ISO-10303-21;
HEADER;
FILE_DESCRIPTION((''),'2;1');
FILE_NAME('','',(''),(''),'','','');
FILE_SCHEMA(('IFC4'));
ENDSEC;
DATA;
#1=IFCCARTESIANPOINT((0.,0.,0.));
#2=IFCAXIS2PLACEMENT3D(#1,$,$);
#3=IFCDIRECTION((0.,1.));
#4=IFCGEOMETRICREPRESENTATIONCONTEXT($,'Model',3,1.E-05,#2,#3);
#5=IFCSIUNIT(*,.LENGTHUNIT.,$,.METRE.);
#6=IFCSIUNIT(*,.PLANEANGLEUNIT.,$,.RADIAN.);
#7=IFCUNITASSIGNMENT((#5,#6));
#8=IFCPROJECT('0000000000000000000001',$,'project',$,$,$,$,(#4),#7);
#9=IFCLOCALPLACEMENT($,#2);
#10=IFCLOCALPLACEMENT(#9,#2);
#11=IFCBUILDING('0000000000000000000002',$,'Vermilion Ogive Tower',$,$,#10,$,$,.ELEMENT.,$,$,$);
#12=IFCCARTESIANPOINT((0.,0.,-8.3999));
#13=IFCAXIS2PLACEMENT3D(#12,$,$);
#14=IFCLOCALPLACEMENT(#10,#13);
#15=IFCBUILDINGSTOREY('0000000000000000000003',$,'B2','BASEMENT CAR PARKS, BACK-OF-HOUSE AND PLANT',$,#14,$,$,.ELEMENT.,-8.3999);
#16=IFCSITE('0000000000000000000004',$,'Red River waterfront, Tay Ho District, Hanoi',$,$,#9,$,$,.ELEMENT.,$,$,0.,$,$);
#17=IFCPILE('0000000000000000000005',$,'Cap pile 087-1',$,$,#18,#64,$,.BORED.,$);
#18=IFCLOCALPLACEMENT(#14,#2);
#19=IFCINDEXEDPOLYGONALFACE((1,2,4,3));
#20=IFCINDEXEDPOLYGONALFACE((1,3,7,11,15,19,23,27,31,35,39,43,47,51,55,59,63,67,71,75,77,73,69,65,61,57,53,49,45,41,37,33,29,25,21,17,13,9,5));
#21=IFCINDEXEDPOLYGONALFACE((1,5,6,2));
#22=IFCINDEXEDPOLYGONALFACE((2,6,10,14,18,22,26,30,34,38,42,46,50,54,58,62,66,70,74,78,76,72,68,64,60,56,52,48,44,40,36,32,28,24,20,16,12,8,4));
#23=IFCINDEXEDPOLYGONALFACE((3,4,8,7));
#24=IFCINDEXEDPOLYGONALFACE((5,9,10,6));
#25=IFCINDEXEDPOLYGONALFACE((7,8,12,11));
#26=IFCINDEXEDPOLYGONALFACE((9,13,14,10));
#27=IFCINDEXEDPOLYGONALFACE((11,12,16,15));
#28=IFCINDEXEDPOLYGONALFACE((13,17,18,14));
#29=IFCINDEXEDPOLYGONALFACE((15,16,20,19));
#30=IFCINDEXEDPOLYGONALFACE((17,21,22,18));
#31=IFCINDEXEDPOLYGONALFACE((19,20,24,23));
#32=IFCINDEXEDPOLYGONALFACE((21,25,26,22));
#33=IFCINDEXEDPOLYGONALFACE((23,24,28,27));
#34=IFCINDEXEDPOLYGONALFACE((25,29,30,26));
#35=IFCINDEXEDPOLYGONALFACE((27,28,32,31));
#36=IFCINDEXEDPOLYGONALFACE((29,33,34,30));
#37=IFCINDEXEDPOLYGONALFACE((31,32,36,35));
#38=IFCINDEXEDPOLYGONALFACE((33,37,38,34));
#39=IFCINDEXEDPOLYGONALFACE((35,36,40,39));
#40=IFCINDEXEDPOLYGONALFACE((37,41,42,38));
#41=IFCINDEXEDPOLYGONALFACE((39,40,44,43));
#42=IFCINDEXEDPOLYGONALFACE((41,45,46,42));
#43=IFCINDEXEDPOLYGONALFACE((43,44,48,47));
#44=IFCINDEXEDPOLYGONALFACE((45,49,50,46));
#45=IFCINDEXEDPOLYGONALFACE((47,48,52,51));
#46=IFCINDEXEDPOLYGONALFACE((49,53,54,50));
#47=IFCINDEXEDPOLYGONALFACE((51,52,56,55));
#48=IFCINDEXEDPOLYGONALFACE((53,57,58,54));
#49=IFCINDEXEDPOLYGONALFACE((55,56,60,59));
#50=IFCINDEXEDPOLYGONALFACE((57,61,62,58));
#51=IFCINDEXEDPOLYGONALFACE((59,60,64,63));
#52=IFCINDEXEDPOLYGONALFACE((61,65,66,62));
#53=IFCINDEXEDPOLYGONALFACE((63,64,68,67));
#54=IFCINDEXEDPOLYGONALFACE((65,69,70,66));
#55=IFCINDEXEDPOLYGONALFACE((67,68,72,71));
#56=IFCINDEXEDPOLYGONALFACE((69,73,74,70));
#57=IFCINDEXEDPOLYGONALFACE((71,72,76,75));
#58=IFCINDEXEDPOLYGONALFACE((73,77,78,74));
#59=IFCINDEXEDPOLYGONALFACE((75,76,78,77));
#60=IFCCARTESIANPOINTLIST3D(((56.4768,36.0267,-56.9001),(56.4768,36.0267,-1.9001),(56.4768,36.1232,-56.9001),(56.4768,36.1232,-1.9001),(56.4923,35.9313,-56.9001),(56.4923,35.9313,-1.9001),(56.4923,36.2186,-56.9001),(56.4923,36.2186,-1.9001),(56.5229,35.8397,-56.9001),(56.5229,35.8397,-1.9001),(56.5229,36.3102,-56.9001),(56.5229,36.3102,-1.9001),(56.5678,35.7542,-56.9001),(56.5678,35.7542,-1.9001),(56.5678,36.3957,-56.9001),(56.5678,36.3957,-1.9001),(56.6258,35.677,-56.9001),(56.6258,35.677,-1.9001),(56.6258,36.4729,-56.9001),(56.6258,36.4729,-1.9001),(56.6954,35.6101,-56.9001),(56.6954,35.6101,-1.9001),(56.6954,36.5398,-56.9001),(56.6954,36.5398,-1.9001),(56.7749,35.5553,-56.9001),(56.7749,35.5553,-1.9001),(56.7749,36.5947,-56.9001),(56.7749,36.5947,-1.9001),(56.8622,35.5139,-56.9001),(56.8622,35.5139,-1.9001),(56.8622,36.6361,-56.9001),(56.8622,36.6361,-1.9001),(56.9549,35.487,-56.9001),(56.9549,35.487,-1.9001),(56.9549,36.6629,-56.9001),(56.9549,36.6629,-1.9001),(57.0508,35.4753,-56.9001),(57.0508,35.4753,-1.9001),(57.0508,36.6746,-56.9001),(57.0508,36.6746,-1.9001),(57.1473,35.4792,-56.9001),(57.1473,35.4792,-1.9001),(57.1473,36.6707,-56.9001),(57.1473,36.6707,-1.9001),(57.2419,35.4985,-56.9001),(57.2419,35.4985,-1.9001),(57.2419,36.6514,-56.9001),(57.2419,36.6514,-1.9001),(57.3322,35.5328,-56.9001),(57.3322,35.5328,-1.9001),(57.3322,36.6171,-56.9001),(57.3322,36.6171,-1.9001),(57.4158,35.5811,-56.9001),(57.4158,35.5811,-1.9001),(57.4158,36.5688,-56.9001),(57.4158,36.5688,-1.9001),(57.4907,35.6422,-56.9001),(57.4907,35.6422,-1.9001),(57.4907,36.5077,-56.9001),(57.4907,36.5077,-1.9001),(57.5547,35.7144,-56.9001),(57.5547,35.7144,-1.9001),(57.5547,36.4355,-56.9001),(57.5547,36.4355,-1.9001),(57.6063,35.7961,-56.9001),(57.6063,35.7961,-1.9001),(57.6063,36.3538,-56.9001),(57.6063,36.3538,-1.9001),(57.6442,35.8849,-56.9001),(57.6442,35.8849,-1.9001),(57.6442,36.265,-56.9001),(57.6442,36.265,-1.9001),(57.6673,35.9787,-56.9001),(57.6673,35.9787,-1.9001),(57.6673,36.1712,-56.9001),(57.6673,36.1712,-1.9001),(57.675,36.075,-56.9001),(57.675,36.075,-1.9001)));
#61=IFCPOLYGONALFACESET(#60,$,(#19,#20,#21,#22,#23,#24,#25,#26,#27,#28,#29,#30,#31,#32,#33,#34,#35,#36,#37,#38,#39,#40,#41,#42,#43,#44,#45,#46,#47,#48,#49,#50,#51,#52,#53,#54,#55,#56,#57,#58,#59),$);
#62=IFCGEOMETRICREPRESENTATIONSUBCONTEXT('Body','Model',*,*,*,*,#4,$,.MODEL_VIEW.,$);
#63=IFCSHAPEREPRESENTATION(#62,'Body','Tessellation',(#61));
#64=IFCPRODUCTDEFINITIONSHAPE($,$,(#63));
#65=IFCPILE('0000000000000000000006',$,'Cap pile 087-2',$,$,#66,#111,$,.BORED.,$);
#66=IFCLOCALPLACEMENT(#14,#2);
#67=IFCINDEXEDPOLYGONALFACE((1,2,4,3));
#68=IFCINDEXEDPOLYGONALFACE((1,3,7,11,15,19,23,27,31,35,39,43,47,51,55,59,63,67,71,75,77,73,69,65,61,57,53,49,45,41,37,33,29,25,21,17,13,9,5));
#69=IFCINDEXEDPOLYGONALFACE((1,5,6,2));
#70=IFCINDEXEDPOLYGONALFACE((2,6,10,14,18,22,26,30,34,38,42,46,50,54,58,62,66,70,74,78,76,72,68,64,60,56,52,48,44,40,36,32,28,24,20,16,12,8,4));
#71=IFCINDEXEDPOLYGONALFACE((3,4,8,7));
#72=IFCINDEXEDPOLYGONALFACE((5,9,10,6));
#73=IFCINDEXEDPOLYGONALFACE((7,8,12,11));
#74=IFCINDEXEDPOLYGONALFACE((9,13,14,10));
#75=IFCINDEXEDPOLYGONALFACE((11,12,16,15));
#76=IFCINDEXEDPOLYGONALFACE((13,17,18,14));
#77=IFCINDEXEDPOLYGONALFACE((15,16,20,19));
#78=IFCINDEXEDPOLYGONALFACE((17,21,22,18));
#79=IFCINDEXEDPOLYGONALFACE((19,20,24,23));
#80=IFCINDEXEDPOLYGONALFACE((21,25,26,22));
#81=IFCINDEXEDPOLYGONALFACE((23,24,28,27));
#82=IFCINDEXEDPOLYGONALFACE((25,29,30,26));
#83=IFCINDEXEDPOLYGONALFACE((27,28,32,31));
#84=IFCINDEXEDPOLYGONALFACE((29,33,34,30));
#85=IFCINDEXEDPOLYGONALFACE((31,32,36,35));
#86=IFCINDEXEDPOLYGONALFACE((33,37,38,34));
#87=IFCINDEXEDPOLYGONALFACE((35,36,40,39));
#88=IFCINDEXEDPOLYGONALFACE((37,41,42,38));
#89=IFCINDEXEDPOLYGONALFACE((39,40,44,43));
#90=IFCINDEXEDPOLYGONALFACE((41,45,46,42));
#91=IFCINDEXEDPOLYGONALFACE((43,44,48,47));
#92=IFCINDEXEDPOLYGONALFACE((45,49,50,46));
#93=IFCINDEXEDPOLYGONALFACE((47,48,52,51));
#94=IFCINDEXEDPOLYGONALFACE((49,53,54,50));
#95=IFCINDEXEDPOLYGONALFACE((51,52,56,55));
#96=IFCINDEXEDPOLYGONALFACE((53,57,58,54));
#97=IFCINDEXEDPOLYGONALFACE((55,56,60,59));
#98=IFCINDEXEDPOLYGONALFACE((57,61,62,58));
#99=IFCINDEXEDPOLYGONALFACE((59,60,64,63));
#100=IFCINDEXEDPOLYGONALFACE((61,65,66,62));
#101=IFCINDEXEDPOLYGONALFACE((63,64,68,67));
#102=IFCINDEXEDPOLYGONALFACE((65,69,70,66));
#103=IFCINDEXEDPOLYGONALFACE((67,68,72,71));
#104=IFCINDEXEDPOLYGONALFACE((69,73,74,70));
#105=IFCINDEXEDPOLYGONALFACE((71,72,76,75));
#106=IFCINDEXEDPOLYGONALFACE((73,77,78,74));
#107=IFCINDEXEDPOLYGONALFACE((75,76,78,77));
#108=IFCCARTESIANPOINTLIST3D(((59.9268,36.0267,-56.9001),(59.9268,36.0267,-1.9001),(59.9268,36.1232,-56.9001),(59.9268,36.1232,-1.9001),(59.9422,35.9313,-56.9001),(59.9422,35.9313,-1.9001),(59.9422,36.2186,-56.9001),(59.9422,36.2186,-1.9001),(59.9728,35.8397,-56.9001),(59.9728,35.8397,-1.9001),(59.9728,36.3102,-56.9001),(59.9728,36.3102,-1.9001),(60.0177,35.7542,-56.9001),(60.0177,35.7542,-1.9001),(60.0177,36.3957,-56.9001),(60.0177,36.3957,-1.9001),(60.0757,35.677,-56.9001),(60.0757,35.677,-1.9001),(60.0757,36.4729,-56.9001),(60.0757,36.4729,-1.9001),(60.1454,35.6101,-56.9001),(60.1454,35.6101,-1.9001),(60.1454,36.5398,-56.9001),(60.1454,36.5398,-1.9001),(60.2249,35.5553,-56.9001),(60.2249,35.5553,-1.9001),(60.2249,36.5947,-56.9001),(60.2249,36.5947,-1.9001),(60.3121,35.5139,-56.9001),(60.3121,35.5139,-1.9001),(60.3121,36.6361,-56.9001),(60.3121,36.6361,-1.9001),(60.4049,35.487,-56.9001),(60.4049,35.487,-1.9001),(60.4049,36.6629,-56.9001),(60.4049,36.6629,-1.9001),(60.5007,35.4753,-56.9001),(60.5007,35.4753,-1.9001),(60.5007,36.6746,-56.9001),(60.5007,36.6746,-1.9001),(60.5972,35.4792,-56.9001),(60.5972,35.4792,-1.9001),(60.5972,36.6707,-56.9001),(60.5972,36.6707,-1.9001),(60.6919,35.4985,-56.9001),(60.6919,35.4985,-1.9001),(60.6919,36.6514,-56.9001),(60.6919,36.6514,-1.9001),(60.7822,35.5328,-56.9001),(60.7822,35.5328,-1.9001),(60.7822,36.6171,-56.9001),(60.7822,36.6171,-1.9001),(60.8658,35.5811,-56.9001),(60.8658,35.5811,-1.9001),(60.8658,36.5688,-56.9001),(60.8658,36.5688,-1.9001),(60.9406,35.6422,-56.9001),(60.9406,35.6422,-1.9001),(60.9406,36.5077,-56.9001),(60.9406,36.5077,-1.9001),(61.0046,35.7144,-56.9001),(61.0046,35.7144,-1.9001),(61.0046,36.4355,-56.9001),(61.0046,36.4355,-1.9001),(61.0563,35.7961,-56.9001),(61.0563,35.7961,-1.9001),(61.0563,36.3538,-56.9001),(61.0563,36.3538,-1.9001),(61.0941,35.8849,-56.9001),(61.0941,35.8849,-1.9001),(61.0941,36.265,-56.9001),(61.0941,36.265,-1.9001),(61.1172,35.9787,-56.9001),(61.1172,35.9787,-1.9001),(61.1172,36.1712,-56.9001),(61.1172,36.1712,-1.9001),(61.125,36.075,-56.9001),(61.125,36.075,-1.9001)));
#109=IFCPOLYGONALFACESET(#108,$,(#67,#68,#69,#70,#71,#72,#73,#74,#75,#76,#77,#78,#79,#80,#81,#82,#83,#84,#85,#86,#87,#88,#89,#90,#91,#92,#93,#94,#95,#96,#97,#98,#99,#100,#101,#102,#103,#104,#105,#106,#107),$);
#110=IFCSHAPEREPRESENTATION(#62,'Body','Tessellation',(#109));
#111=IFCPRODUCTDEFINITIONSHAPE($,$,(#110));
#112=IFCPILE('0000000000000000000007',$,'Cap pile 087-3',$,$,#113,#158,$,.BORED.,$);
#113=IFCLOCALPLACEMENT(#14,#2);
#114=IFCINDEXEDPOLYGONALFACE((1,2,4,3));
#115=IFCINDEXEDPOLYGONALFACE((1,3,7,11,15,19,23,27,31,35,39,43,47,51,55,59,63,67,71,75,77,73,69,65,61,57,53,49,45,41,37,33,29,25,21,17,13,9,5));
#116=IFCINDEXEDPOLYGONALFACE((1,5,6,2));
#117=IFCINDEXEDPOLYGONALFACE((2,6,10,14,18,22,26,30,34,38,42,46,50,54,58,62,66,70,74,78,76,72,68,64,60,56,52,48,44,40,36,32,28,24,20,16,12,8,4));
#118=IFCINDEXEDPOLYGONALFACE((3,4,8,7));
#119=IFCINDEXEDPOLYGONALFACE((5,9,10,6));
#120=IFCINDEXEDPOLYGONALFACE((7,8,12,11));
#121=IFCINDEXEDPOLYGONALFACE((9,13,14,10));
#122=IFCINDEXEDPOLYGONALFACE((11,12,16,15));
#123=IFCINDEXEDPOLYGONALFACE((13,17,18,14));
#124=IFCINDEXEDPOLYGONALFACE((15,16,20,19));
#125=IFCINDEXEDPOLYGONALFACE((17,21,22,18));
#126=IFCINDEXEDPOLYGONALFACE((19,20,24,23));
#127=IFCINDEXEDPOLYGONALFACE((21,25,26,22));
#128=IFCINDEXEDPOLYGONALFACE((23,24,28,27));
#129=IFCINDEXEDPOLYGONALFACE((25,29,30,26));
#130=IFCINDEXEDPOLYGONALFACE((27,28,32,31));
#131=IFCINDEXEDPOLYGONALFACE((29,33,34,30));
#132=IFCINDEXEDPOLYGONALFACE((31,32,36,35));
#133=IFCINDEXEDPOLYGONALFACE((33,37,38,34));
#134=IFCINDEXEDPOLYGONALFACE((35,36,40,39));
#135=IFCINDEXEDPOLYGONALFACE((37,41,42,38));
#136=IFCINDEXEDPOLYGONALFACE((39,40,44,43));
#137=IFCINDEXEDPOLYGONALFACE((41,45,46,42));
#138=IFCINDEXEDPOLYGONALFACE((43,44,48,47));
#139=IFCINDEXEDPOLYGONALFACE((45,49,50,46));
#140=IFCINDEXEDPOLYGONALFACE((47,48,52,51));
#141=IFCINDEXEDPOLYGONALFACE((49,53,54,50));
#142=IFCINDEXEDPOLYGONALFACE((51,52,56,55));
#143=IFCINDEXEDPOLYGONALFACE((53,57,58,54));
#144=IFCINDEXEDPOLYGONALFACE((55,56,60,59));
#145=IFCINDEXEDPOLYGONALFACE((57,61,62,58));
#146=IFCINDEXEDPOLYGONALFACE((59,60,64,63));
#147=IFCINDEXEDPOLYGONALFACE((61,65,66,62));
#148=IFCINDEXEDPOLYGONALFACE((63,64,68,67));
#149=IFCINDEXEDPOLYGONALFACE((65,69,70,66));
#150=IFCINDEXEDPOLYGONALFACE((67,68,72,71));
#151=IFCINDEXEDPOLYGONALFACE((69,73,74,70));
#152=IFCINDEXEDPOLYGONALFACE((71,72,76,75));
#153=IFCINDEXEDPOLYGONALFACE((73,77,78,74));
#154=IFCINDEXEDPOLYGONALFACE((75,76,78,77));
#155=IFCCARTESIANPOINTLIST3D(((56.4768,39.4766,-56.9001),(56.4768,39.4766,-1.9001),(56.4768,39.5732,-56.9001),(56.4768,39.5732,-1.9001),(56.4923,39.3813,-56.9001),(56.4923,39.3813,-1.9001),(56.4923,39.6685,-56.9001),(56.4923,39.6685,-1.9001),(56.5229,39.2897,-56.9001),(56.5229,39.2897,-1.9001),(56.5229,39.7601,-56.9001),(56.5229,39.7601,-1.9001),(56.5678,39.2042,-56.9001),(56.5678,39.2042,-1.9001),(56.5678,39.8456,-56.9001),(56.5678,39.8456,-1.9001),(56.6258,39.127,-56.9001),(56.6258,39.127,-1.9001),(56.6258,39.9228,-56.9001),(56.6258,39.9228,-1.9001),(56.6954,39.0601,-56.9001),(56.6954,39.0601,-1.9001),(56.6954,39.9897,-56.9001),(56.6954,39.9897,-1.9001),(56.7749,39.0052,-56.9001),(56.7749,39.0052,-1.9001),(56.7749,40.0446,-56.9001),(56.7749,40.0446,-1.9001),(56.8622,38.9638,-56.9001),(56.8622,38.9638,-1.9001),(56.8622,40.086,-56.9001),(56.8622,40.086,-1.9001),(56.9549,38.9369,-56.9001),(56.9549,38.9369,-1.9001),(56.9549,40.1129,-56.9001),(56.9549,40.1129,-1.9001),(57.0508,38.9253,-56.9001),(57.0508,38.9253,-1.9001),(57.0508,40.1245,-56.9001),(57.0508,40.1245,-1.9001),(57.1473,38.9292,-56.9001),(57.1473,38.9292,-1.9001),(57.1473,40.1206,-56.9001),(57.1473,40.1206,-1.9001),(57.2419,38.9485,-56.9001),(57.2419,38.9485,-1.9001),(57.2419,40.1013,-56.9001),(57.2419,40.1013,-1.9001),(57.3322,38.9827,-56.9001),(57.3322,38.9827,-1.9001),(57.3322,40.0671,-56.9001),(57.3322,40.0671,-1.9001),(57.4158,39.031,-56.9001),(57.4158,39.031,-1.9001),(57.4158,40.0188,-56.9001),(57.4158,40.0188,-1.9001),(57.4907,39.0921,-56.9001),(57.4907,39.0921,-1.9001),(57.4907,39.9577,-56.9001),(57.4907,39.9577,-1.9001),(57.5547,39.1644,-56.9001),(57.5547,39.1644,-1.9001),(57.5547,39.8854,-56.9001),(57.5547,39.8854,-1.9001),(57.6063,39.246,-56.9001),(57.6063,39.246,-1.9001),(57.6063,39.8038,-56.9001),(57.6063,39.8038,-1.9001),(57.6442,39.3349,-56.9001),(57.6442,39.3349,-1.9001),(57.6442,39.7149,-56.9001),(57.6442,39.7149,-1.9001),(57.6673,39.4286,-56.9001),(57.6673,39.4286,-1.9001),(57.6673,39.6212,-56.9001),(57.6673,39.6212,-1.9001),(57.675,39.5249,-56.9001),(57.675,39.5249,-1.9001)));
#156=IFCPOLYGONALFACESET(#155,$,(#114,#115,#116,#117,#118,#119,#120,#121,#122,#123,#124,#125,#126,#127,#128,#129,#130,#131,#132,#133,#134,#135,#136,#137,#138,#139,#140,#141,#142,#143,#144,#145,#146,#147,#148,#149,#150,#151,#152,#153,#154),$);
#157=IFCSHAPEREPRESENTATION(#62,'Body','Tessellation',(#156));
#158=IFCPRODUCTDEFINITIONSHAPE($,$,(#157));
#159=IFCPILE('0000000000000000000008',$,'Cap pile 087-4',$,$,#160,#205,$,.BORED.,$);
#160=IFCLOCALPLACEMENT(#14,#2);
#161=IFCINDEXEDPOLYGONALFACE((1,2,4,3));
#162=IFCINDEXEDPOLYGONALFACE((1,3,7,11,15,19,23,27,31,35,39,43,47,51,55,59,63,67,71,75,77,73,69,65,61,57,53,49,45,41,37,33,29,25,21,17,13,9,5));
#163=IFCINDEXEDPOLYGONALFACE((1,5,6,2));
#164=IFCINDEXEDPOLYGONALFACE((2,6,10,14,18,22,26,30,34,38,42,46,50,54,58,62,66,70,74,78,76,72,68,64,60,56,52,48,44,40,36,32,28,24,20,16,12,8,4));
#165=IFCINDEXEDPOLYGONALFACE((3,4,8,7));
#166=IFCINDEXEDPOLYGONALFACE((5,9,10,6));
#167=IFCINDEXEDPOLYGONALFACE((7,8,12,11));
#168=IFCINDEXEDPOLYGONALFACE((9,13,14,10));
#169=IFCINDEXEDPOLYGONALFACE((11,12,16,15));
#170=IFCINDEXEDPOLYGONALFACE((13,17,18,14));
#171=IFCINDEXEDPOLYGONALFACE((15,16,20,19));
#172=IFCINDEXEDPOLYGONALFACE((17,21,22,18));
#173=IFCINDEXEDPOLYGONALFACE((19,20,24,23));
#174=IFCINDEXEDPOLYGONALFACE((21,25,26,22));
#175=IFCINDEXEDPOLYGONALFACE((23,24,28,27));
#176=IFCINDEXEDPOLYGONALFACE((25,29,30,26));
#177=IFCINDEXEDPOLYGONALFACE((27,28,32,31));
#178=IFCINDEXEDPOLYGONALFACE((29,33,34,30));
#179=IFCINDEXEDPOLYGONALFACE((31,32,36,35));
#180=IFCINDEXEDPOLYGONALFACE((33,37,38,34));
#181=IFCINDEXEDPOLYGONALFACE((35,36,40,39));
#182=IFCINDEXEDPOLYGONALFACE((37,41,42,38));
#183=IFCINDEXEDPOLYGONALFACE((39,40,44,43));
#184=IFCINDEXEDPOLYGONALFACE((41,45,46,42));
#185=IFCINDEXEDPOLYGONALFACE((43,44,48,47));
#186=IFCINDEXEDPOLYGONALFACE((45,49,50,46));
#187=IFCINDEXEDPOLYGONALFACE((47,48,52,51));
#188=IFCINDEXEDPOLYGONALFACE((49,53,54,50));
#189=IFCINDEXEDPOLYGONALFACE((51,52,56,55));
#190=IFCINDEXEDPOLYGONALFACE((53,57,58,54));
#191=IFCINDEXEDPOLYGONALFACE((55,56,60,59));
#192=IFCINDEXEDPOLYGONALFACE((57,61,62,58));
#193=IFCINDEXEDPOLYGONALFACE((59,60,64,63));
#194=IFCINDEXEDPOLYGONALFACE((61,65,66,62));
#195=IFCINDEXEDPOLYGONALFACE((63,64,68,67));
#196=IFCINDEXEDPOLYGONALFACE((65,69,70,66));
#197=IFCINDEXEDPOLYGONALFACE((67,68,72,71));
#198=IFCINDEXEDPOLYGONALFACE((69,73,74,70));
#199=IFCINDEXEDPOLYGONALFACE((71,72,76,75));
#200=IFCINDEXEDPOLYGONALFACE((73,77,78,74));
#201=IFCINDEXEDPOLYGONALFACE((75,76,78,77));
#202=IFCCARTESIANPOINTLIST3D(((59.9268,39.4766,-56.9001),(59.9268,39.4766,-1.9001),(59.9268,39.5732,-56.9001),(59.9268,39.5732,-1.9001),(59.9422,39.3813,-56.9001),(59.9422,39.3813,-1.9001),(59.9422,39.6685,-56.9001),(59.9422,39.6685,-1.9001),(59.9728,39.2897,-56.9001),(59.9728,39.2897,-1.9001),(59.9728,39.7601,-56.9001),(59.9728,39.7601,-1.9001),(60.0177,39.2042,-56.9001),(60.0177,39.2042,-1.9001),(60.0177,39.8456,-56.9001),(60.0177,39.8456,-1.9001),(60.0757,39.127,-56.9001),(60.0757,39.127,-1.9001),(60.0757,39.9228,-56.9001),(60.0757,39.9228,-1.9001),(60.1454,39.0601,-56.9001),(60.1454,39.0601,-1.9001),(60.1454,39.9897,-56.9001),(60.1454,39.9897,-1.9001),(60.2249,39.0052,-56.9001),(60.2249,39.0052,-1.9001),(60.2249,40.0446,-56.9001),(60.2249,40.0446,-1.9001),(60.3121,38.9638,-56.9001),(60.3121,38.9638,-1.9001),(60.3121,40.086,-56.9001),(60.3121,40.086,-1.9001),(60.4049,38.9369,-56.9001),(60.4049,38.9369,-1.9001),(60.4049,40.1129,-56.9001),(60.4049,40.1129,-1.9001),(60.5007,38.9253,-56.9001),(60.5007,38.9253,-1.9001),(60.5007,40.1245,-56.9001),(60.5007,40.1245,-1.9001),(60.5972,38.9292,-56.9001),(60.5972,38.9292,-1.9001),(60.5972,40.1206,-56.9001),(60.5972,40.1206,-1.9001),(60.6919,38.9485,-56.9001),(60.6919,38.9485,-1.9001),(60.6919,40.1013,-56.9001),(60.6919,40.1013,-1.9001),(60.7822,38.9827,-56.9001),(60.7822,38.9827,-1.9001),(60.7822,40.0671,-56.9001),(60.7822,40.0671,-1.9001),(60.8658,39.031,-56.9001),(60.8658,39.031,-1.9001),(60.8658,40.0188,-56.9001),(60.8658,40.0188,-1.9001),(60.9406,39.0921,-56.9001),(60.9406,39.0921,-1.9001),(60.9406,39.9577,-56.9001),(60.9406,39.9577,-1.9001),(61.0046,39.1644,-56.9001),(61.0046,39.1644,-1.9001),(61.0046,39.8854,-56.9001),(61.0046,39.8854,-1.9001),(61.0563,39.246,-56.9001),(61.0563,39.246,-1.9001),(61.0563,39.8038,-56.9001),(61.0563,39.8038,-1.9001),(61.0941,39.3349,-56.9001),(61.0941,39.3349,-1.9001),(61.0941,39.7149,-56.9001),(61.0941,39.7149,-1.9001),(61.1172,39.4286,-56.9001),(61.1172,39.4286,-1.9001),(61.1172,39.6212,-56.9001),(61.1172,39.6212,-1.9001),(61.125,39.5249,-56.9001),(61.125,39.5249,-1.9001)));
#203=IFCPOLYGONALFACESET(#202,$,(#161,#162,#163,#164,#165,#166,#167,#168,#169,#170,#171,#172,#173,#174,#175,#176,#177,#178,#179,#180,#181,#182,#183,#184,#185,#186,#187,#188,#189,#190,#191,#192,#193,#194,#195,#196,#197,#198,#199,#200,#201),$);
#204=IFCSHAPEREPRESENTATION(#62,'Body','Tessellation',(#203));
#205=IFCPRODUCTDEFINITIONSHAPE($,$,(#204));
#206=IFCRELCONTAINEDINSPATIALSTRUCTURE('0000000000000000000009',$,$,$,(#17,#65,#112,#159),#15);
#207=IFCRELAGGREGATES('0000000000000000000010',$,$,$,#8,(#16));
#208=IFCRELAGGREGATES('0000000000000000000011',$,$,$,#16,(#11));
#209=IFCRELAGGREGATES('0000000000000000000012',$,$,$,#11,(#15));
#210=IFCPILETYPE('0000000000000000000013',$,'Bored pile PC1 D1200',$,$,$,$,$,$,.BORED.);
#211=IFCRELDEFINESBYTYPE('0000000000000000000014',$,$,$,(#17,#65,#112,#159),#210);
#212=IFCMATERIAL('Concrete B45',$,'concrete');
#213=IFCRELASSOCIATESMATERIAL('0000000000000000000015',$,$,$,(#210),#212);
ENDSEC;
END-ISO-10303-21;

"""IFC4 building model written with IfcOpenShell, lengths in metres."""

from ifc_helpers import new_model, si_unit, direction, frame, origin, origin_2d, place, context, subcontext, project, spatial, circle, extrude, material, type_object, element, save


model = new_model("IFC4")

# Units and contexts
model_context = context("Model", 3, precision=1e-05, world=origin(), true_north=direction((0.0, 1.0)))
body_context = subcontext(model_context, "Body", "Model", "MODEL_VIEW")
ifc_project = project(units=[si_unit("LENGTHUNIT", "METRE"), si_unit("PLANEANGLEUNIT", "RADIAN")], contexts=[model_context])

# Site, building, storey
site_placement = place(None, origin())
site = spatial("IfcSite", under=ifc_project, at=site_placement, Name="Red River waterfront, Tay Ho District, Hanoi", CompositionType="ELEMENT", RefElevation=0.0)
building_placement = place(site_placement, origin())
building = spatial("IfcBuilding", under=site, at=building_placement, Name="Vermilion Ogive Tower", CompositionType="ELEMENT")
storey_placement = place(building_placement, frame((0.0, 0.0, -8.3999)))
storey = spatial("IfcBuildingStorey", under=building, at=storey_placement, Name="B2", Description="BASEMENT CAR PARKS, BACK-OF-HOUSE AND PLANT", CompositionType="ELEMENT", Elevation=-8.3999)

# Piles
ifc_material_1 = material(Name="Concrete B45", Category="concrete")
pile_type = type_object("IfcPileType", Name="Bored pile PC1 D1200", PredefinedType="BORED", material=ifc_material_1)
for number, where, z_axis, x_axis, name in (
    (1, (57.075, 36.075, -1.9001), (0.0, 0.0, -1.0), (1.0, 0.0, 0.0), "Cap pile 087-1"),
    (2, (60.5249, 36.075, -1.9001), (0.0, 0.0, -1.0), (1.0, 0.0, 0.0), "Cap pile 087-2"),
    (3, (57.075, 39.5249, -1.9001), (0.0, 0.0, -1.0), (1.0, 0.0, 0.0), "Cap pile 087-3"),
    (4, (60.5249, 39.5249, -1.9001), (0.0, 0.0, -1.0), (1.0, 0.0, 0.0), "Cap pile 087-4"),
):
    element("IfcPile", number, at=place(storey_placement, frame(where, z_axis=z_axis, x_axis=x_axis)), inside=storey, type_object=pile_type, Name=name, PredefinedType="BORED", context=body_context, shape_type="SweptSolid", body=[
        extrude(circle(Radius=0.6001, at=origin_2d()), origin(), (0.0, 0.0, 1.0), 55.0),
    ])

save(model, "model.ifc")
